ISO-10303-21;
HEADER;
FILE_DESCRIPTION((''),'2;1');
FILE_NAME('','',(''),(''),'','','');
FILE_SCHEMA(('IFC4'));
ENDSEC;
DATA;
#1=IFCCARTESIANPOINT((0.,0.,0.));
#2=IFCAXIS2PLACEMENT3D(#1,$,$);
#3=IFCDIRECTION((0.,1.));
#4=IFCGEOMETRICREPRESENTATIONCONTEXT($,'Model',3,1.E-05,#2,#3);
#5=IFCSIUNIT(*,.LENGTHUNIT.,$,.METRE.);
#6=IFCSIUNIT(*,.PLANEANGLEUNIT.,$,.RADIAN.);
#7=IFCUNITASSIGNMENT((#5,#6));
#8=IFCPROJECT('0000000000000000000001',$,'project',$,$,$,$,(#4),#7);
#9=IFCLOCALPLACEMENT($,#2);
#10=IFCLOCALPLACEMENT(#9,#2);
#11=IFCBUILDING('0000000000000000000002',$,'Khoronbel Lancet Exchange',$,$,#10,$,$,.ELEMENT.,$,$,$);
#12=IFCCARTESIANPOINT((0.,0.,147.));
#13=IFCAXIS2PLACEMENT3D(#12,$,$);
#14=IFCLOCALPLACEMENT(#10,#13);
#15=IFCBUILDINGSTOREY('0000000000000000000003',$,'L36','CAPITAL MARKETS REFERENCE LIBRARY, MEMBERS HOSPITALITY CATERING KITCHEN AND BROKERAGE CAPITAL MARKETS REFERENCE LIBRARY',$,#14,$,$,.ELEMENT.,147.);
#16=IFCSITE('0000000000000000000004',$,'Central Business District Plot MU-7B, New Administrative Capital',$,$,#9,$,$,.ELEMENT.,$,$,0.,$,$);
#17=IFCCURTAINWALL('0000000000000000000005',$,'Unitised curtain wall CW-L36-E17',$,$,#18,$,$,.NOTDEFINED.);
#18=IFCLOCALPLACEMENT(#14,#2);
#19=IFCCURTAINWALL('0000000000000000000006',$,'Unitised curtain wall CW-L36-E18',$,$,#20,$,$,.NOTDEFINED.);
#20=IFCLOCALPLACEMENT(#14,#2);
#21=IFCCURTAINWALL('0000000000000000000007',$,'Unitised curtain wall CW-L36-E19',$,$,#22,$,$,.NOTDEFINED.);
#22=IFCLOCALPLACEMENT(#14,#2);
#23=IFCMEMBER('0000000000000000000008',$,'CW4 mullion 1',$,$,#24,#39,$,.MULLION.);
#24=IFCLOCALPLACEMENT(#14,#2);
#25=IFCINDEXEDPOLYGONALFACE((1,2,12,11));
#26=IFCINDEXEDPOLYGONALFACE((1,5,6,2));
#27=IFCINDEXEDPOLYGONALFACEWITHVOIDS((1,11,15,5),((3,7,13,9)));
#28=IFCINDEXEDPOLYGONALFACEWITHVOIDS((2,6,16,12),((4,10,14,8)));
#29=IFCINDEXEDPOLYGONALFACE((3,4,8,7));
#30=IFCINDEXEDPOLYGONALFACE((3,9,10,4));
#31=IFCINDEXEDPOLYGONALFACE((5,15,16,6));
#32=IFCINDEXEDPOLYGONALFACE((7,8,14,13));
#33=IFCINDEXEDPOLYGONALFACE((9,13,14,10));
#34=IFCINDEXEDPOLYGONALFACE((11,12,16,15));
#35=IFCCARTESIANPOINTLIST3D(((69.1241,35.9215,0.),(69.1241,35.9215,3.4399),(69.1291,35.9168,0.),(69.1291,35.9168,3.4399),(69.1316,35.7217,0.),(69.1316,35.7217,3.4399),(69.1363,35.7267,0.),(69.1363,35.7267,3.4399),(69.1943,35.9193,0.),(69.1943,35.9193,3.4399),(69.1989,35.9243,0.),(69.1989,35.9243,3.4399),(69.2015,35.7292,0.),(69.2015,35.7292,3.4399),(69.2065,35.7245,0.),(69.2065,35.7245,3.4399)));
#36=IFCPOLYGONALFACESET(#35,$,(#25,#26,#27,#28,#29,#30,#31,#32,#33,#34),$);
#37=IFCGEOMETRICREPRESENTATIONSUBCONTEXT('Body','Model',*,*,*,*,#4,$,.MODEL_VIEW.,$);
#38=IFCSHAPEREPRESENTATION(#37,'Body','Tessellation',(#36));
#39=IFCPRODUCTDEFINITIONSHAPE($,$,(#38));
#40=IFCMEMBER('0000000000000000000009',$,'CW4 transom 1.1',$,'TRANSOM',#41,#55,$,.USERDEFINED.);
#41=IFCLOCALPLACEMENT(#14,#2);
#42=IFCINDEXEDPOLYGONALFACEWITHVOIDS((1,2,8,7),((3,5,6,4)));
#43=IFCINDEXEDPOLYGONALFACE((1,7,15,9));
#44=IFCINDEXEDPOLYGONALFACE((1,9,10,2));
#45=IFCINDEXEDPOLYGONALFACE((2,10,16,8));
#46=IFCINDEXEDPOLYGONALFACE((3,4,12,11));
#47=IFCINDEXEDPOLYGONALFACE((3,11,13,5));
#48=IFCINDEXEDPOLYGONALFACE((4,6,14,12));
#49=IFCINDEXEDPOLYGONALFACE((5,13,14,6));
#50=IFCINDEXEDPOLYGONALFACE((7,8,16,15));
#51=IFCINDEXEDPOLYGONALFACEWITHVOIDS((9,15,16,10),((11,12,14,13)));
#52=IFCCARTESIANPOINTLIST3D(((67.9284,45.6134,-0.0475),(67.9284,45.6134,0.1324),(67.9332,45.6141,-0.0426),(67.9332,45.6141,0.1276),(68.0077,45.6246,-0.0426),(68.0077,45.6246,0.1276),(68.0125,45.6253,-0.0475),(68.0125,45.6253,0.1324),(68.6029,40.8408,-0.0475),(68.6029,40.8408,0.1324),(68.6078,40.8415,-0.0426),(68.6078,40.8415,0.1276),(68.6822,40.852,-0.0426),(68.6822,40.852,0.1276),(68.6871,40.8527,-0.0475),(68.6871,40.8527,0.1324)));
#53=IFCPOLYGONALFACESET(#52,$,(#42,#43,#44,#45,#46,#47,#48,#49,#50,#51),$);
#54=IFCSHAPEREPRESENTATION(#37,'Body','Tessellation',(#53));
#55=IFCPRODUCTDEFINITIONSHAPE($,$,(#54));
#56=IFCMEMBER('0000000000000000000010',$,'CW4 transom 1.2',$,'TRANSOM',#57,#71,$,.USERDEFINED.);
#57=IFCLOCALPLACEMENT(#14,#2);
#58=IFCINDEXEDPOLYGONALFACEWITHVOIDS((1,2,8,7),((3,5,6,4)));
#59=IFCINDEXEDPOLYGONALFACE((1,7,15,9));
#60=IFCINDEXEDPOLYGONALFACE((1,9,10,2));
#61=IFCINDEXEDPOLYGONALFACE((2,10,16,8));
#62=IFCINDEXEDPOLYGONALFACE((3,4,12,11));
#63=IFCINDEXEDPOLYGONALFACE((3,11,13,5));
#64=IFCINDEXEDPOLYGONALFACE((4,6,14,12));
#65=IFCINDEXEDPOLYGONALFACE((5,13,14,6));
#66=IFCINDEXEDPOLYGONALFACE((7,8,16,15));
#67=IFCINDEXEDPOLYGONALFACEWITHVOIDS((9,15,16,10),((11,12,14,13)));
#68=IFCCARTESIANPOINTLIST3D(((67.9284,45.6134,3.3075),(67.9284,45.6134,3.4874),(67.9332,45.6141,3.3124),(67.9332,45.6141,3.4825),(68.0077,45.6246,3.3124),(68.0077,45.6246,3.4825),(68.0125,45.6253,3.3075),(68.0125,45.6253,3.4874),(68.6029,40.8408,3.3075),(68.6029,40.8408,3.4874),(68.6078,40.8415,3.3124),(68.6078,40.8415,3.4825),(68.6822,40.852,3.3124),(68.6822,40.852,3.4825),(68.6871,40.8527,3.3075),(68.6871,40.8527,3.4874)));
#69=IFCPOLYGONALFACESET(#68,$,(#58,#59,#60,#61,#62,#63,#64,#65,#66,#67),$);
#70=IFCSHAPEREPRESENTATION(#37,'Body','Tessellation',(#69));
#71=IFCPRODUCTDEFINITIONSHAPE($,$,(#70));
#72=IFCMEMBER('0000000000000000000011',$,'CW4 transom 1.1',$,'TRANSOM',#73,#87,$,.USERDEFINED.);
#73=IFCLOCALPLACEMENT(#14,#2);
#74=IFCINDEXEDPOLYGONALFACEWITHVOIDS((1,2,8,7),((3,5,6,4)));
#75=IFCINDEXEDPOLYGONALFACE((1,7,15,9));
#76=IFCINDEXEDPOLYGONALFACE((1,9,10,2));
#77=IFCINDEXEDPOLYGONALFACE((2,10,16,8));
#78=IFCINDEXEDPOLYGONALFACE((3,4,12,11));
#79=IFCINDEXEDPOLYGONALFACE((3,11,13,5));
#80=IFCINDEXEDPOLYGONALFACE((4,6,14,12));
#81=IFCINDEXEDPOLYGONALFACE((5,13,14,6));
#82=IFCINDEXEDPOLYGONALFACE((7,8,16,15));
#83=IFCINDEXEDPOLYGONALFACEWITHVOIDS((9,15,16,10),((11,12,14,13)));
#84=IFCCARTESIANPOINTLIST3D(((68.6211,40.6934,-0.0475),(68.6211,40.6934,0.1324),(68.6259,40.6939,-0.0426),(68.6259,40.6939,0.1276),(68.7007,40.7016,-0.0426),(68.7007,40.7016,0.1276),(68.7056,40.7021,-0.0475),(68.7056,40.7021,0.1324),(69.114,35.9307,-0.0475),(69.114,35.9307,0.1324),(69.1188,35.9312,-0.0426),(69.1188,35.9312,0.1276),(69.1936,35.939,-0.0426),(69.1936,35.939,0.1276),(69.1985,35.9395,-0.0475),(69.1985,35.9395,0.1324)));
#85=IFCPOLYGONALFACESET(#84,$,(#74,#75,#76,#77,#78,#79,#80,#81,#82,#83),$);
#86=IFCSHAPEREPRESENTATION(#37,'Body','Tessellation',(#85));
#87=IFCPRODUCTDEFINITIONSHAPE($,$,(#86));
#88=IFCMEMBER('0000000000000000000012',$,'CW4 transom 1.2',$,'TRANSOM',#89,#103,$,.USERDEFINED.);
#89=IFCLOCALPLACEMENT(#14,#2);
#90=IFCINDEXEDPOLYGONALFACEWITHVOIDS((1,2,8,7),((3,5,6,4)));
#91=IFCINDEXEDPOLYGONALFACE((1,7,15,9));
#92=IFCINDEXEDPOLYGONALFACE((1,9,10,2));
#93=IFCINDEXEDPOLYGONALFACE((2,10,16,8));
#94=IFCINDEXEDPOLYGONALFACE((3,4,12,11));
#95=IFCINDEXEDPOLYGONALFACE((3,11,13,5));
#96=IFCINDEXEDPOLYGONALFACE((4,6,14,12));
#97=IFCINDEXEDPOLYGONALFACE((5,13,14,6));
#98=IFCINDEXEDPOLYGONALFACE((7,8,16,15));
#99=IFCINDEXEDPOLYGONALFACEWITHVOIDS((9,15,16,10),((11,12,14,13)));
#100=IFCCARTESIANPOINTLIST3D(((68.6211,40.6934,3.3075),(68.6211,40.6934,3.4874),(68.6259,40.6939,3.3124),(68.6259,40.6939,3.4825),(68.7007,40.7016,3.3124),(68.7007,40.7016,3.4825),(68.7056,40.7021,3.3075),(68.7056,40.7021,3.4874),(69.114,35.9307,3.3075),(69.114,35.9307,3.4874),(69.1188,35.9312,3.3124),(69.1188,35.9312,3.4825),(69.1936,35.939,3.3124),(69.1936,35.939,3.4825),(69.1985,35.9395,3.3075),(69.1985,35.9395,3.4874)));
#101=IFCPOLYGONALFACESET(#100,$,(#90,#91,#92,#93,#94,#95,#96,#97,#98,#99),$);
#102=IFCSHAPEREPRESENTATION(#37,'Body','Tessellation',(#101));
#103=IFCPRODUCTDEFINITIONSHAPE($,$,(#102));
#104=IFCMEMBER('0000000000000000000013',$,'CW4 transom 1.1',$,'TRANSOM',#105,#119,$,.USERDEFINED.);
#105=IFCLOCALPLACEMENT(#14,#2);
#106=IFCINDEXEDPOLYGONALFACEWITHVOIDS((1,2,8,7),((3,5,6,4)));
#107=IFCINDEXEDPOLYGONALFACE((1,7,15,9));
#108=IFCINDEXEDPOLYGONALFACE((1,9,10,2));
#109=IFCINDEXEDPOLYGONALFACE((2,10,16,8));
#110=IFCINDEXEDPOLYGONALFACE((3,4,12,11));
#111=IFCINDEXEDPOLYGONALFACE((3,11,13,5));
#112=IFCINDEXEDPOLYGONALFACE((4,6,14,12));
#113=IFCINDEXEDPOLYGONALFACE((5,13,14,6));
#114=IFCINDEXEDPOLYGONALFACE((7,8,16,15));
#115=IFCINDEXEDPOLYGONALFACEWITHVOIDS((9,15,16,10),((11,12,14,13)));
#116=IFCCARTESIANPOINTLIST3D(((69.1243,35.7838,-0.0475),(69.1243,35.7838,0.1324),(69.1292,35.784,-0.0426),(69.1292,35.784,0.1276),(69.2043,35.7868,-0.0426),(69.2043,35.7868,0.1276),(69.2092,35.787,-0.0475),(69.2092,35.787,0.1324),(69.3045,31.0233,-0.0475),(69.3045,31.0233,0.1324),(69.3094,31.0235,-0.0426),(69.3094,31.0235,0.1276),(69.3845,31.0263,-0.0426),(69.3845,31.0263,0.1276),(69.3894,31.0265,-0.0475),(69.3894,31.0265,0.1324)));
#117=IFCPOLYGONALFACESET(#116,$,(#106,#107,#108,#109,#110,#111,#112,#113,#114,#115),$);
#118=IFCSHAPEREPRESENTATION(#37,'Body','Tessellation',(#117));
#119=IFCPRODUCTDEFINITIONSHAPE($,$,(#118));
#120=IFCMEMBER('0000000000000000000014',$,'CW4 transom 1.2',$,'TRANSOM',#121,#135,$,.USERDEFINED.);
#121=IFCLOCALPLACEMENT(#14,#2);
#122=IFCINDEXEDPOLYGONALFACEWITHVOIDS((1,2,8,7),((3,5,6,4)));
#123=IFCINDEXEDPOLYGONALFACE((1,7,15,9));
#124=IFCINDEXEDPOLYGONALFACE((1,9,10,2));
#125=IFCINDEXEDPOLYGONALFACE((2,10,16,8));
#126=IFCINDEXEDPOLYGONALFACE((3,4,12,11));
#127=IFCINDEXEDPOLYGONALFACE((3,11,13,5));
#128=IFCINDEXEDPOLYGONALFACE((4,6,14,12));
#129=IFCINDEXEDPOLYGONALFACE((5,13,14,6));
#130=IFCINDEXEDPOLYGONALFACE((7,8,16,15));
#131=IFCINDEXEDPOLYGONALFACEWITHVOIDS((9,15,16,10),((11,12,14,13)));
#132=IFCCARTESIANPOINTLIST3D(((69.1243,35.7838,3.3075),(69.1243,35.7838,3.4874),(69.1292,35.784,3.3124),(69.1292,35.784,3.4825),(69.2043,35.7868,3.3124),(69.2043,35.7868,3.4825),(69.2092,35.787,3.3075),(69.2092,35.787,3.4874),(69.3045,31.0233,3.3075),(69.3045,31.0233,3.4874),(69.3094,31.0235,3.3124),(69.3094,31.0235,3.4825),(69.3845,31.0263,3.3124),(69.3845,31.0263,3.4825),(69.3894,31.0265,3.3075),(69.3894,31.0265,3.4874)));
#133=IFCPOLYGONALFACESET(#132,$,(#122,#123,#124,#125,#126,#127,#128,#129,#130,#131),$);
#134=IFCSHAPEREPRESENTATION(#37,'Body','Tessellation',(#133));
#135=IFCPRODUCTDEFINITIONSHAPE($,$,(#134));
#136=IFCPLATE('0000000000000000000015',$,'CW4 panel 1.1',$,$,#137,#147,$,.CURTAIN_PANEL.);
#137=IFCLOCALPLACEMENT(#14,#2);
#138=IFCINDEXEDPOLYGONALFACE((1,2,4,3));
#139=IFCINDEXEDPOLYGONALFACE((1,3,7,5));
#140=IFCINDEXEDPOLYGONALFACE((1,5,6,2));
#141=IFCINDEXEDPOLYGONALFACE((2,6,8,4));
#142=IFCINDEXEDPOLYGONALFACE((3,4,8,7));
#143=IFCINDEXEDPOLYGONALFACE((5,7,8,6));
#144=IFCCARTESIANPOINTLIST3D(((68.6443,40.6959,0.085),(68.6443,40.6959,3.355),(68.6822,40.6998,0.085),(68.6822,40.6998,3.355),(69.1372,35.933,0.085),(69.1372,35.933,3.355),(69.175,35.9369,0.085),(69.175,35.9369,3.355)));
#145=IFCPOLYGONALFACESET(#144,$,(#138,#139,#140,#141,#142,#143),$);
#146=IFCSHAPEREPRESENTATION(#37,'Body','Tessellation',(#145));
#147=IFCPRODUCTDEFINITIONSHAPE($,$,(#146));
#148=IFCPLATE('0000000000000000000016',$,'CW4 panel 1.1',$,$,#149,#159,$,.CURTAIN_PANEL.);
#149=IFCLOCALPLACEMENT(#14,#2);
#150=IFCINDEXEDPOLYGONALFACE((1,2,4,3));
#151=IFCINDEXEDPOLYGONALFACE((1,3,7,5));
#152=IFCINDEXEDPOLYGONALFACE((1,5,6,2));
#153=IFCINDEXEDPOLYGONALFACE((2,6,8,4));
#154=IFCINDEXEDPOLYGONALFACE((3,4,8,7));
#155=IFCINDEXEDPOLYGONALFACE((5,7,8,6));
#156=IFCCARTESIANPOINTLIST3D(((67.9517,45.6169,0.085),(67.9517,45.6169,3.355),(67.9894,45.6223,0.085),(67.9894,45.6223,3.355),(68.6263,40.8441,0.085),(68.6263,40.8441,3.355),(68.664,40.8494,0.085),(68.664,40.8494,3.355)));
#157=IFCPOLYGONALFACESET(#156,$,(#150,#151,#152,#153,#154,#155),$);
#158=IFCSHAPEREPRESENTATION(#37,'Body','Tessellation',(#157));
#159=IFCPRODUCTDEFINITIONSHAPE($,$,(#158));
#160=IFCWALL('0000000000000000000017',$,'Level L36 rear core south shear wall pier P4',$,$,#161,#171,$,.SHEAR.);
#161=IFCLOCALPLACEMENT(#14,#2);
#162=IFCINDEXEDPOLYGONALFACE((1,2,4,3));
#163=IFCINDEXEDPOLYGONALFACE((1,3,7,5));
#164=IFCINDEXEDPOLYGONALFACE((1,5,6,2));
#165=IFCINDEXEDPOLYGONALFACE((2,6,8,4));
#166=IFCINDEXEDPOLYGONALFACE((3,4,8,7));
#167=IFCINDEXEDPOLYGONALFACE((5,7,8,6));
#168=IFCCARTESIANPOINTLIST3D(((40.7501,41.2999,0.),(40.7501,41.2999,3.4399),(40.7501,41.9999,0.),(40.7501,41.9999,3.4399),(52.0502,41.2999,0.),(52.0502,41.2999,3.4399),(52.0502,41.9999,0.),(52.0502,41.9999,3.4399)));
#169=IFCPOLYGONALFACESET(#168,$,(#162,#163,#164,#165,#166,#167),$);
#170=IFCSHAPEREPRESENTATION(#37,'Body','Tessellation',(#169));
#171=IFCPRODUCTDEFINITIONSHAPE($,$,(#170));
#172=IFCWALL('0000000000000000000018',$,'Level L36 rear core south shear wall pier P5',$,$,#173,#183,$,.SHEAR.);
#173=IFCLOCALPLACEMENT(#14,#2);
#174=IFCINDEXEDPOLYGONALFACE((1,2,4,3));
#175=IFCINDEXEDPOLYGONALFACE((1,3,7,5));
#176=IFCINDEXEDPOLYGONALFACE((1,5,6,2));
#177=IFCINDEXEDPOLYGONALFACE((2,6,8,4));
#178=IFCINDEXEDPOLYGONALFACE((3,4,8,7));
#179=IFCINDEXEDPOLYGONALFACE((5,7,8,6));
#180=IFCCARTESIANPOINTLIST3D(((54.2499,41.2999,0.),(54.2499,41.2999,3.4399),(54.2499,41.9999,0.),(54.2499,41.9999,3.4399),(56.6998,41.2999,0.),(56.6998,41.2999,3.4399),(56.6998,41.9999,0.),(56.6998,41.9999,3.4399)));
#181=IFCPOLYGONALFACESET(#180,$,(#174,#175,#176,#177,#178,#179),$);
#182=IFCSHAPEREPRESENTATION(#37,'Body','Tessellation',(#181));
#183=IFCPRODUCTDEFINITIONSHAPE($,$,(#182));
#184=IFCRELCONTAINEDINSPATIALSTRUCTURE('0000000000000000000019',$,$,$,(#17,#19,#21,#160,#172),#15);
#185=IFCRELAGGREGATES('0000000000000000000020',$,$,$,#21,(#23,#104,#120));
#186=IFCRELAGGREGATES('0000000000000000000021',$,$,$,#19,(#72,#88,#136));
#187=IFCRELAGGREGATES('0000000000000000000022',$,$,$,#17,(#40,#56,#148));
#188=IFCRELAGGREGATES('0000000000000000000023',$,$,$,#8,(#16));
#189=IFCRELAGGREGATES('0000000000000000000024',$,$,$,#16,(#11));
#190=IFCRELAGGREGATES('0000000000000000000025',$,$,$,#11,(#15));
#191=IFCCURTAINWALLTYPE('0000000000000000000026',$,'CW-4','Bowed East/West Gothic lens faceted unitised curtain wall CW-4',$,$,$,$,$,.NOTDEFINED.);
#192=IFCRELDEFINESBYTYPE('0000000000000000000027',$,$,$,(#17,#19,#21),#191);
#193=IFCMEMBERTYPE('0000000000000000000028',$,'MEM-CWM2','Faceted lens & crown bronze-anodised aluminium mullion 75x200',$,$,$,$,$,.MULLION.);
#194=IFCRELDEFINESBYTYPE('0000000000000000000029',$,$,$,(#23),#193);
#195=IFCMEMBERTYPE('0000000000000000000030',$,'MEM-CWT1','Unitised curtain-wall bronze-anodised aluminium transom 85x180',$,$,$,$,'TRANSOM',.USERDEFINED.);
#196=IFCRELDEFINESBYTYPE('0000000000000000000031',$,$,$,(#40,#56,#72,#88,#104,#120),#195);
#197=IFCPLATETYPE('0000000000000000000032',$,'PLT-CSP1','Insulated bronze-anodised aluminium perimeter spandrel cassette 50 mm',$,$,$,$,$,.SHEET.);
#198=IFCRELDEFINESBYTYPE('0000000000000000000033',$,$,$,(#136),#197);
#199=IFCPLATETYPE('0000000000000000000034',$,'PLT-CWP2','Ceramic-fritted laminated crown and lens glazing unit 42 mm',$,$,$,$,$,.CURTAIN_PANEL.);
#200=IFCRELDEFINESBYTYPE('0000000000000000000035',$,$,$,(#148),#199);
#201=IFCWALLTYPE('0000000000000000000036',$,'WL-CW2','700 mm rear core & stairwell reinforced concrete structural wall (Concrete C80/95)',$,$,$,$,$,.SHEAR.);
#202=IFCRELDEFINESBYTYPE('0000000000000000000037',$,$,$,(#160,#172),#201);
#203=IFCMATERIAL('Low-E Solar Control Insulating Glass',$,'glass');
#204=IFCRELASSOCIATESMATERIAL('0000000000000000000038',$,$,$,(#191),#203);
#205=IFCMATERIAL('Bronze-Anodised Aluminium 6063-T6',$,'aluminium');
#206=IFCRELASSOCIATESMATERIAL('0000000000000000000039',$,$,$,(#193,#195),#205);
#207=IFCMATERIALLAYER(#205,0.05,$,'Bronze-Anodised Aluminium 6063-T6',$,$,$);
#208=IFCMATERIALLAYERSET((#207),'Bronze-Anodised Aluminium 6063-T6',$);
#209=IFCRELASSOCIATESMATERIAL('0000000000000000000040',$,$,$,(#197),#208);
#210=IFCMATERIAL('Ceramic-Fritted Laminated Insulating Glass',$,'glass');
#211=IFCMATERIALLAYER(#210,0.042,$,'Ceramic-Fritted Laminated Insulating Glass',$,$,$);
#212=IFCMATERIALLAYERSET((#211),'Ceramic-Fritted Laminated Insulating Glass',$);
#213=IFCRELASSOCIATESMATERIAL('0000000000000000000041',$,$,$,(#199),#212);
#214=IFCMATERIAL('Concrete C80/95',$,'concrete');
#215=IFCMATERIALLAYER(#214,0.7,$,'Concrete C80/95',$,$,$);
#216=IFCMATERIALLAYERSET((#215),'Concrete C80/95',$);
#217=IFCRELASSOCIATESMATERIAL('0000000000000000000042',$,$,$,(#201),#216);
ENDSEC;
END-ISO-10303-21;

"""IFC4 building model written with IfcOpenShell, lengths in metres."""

from ifc_helpers import new_model, si_unit, direction, frame, frame_2d, origin, origin_2d, place, context, subcontext, project, spatial, rectangle, hollow_rectangle, extrude, material, layer, layer_set, material_profile, profile_set, type_object, element, aggregate, save


model = new_model("IFC4")

# Units and contexts
model_context = context("Model", 3, precision=1e-05, world=origin(), true_north=direction((0.0, 1.0)))
body_context = subcontext(model_context, "Body", "Model", "MODEL_VIEW")
ifc_project = project(units=[si_unit("LENGTHUNIT", "METRE"), si_unit("PLANEANGLEUNIT", "RADIAN")], contexts=[model_context])

# Site, building, storey
site_placement = place(None, origin())
site = spatial("IfcSite", under=ifc_project, at=site_placement, Name="Central Business District Plot MU-7B, New Administrative Capital", CompositionType="ELEMENT", RefElevation=0.0)
building_placement = place(site_placement, origin())
building = spatial("IfcBuilding", under=site, at=building_placement, Name="Khoronbel Lancet Exchange", CompositionType="ELEMENT")
storey_placement = place(building_placement, frame((0.0, 0.0, 147.0)))
storey = spatial("IfcBuildingStorey", under=building, at=storey_placement, Name="L36", Description="CAPITAL MARKETS REFERENCE LIBRARY, MEMBERS HOSPITALITY CATERING KITCHEN AND BROKERAGE CAPITAL MARKETS REFERENCE LIBRARY", CompositionType="ELEMENT", Elevation=147.0)

# Shared definitions
ifc_material_1 = material(Name="Concrete C80/95", Category="concrete")

# Curtain walls
ifc_material_2 = material(Name="Low-E Solar Control Insulating Glass", Category="glass")
curtain_wall_type = type_object("IfcCurtainWallType", Name="CW-4", Description="Bowed East/West Gothic lens faceted unitised curtain wall CW-4", PredefinedType="NOTDEFINED", material=ifc_material_2)
curtain_wall_1_placement = place(storey_placement, origin())
curtain_wall_1 = element("IfcCurtainWall", 1, at=curtain_wall_1_placement, inside=storey, type_object=curtain_wall_type, Name="Unitised curtain wall CW-L36-E17", PredefinedType="NOTDEFINED")
ifc_material_3 = material(Name="Bronze-Anodised Aluminium 6063-T6", Category="aluminium")
ifc_material_profile_1 = material_profile(ifc_material_3, hollow_rectangle(XDim=0.075, YDim=0.2, WallThickness=0.0049, at=origin_2d()), Name="ALU MULLION 75x200")
ifc_profile_set_1 = profile_set([ifc_material_profile_1], Name="Bronze-Anodised Aluminium 6063-T6")
member_type_1 = type_object("IfcMemberType", Name="MEM-CWM2", Description="Faceted lens & crown bronze-anodised aluminium mullion 75x200", PredefinedType="MULLION", material=ifc_profile_set_1)
curtain_wall_2_placement = place(storey_placement, origin())
curtain_wall_2 = element("IfcCurtainWall", 2, at=curtain_wall_2_placement, inside=storey, type_object=curtain_wall_type, Name="Unitised curtain wall CW-L36-E18", PredefinedType="NOTDEFINED")

# Curtain wall, member
curtain_wall_3_placement = place(storey_placement, origin())
curtain_wall_3 = element("IfcCurtainWall", 3, at=curtain_wall_3_placement, inside=storey, type_object=curtain_wall_type, Name="Unitised curtain wall CW-L36-E19", PredefinedType="NOTDEFINED")
member_1_placement = place(storey_placement, frame((69.1653, 35.823, 0.0), z_axis=(0.0, 0.0, 1.0), x_axis=(0.999284, 0.037831, 0.0)))
member_1 = element("IfcMember", 4, at=member_1_placement, type_object=member_type_1, Name="CW4 mullion 1", PredefinedType="MULLION", context=body_context, shape_type="SweptSolid", body=[
    extrude(hollow_rectangle(XDim=0.075, YDim=0.2, WallThickness=0.0049, at=origin_2d()), origin(), (0.0, 0.0, 1.0), 3.4399),
])

# Members
ifc_material_profile_2 = material_profile(ifc_material_3, hollow_rectangle(XDim=0.085, YDim=0.1799, WallThickness=0.0049, at=origin_2d()), Name="ALU TRANSOM 85x180")
ifc_profile_set_2 = profile_set([ifc_material_profile_2], Name="Bronze-Anodised Aluminium 6063-T6")
member_type_2 = type_object("IfcMemberType", Name="MEM-CWT1", Description="Unitised curtain-wall bronze-anodised aluminium transom 85x180", ElementType="TRANSOM", PredefinedType="USERDEFINED", material=ifc_profile_set_2)
member_2_placement = place(storey_placement, frame((67.9705, 45.6194, 0.0425), z_axis=(0.139946, -0.990159, 0.0), x_axis=(0.990159, 0.139946, 0.0)))
member_2 = element("IfcMember", 5, at=member_2_placement, type_object=member_type_2, Name="CW4 transom 1.1", ObjectType="TRANSOM", PredefinedType="USERDEFINED", context=body_context, shape_type="SweptSolid", body=[
    extrude(hollow_rectangle(XDim=0.085, YDim=0.1799, WallThickness=0.0049, at=origin_2d()), origin(), (0.0, 0.0, 1.0), 4.8201),
])
member_3_placement = place(storey_placement, frame((67.9705, 45.6194, 3.3975), z_axis=(0.139946, -0.990159, 0.0), x_axis=(0.990159, 0.139946, 0.0)))
member_3 = element("IfcMember", 6, at=member_3_placement, type_object=member_type_2, Name="CW4 transom 1.2", ObjectType="TRANSOM", PredefinedType="USERDEFINED", context=body_context, shape_type="SweptSolid", body=[
    extrude(hollow_rectangle(XDim=0.085, YDim=0.1799, WallThickness=0.0049, at=origin_2d()), origin(), (0.0, 0.0, 1.0), 4.8201),
])
member_4_placement = place(storey_placement, frame((68.6633, 40.6978, 0.0425), z_axis=(0.102946, -0.994687, 0.0), x_axis=(0.994687, 0.102946, 0.0)))
member_4 = element("IfcMember", 7, at=member_4_placement, type_object=member_type_2, Name="CW4 transom 1.1", ObjectType="TRANSOM", PredefinedType="USERDEFINED", context=body_context, shape_type="SweptSolid", body=[
    extrude(hollow_rectangle(XDim=0.085, YDim=0.1799, WallThickness=0.0049, at=origin_2d()), origin(), (0.0, 0.0, 1.0), 4.7881),
])
member_5_placement = place(storey_placement, frame((68.6633, 40.6978, 3.3975), z_axis=(0.102946, -0.994687, 0.0), x_axis=(0.994687, 0.102946, 0.0)))
member_5 = element("IfcMember", 8, at=member_5_placement, type_object=member_type_2, Name="CW4 transom 1.2", ObjectType="TRANSOM", PredefinedType="USERDEFINED", context=body_context, shape_type="SweptSolid", body=[
    extrude(hollow_rectangle(XDim=0.085, YDim=0.1799, WallThickness=0.0049, at=origin_2d()), origin(), (0.0, 0.0, 1.0), 4.7881),
])
member_6_placement = place(storey_placement, frame((69.1667, 35.7854, 0.0425), z_axis=(0.037821, -0.999285, 0.0), x_axis=(0.999285, 0.037821, 0.0)))
member_6 = element("IfcMember", 9, at=member_6_placement, type_object=member_type_2, Name="CW4 transom 1.1", ObjectType="TRANSOM", PredefinedType="USERDEFINED", context=body_context, shape_type="SweptSolid", body=[
    extrude(hollow_rectangle(XDim=0.085, YDim=0.1799, WallThickness=0.0049, at=origin_2d()), origin(), (0.0, 0.0, 1.0), 4.7639),
])
member_7_placement = place(storey_placement, frame((69.1667, 35.7854, 3.3975), z_axis=(0.037821, -0.999285, 0.0), x_axis=(0.999285, 0.037821, 0.0)))
member_7 = element("IfcMember", 10, at=member_7_placement, type_object=member_type_2, Name="CW4 transom 1.2", ObjectType="TRANSOM", PredefinedType="USERDEFINED", context=body_context, shape_type="SweptSolid", body=[
    extrude(hollow_rectangle(XDim=0.085, YDim=0.1799, WallThickness=0.0049, at=origin_2d()), origin(), (0.0, 0.0, 1.0), 4.7639),
])
aggregate(curtain_wall_3, [member_1, member_6, member_7])

# Plates
ifc_layer_1 = layer(ifc_material_3, 0.05, Name="Bronze-Anodised Aluminium 6063-T6")
ifc_layer_set_1 = layer_set([ifc_layer_1], Name="Bronze-Anodised Aluminium 6063-T6")
plate_type_1 = type_object("IfcPlateType", Name="PLT-CSP1", Description="Insulated bronze-anodised aluminium perimeter spandrel cassette 50 mm", PredefinedType="SHEET", material=ifc_layer_set_1)
plate_1_placement = place(storey_placement, frame((68.9097, 38.3164, 0.085), z_axis=(0.0, 0.0, 1.0), x_axis=(0.102932, -0.994688, 0.0)))
plate_1 = element("IfcPlate", 11, at=plate_1_placement, type_object=plate_type_1, Name="CW4 panel 1.1", PredefinedType="CURTAIN_PANEL", context=body_context, shape_type="SweptSolid", body=[
    extrude(rectangle(XDim=4.7883, YDim=0.0381, at=origin_2d()), origin(), (0.0, 0.0, 1.0), 3.27),
])
aggregate(curtain_wall_2, [member_4, member_5, plate_1])
ifc_material_4 = material(Name="Ceramic-Fritted Laminated Insulating Glass", Category="glass")
ifc_layer_2 = layer(ifc_material_4, 0.042, Name="Ceramic-Fritted Laminated Insulating Glass")
ifc_layer_set_2 = layer_set([ifc_layer_2], Name="Ceramic-Fritted Laminated Insulating Glass")
plate_type_2 = type_object("IfcPlateType", Name="PLT-CWP2", Description="Ceramic-fritted laminated crown and lens glazing unit 42 mm", PredefinedType="CURTAIN_PANEL", material=ifc_layer_set_2)
plate_2_placement = place(storey_placement, frame((68.3079, 43.2332, 0.085), z_axis=(0.0, 0.0, 1.0), x_axis=(0.139954, -0.990158, 0.0)))
plate_2 = element("IfcPlate", 12, at=plate_2_placement, type_object=plate_type_2, Name="CW4 panel 1.1", PredefinedType="CURTAIN_PANEL", context=body_context, shape_type="SweptSolid", body=[
    extrude(rectangle(XDim=4.8203, YDim=0.0381, at=origin_2d()), origin(), (0.0, 0.0, 1.0), 3.27),
])
aggregate(curtain_wall_1, [member_2, member_3, plate_2])

# Walls
ifc_layer_3 = layer(ifc_material_1, 0.7, Name="Concrete C80/95")
ifc_layer_set_3 = layer_set([ifc_layer_3], Name="Concrete C80/95")
wall_type_1 = type_object("IfcWallType", Name="WL-CW2", Description="700 mm rear core & stairwell reinforced concrete structural wall (Concrete C80/95)", PredefinedType="SHEAR", material=ifc_layer_set_3)
wall_1_placement = place(storey_placement, frame((52.05, 41.6499, 0.0), z_axis=(0.0, 0.0, 1.0), x_axis=(-1.0, 0.0, 0.0)))
element("IfcWall", 13, at=wall_1_placement, inside=storey, type_object=wall_type_1, Name="Level L36 rear core south shear wall pier P4", PredefinedType="SHEAR", context=body_context, shape_type="SweptSolid", body=[
    extrude(rectangle(XDim=11.3, YDim=0.7, at=frame_2d((5.6499, 0.0))), origin(), (0.0, 0.0, 1.0), 3.4399),
])
wall_2_placement = place(storey_placement, frame((56.7, 41.6499, 0.0), z_axis=(0.0, 0.0, 1.0), x_axis=(-1.0, 0.0, 0.0)))
element("IfcWall", 14, at=wall_2_placement, inside=storey, type_object=wall_type_1, Name="Level L36 rear core south shear wall pier P5", PredefinedType="SHEAR", context=body_context, shape_type="SweptSolid", body=[
    extrude(rectangle(XDim=2.45, YDim=0.7, at=frame_2d((1.2251, 0.0))), origin(), (0.0, 0.0, 1.0), 3.4399),
])

save(model, "model.ifc")
